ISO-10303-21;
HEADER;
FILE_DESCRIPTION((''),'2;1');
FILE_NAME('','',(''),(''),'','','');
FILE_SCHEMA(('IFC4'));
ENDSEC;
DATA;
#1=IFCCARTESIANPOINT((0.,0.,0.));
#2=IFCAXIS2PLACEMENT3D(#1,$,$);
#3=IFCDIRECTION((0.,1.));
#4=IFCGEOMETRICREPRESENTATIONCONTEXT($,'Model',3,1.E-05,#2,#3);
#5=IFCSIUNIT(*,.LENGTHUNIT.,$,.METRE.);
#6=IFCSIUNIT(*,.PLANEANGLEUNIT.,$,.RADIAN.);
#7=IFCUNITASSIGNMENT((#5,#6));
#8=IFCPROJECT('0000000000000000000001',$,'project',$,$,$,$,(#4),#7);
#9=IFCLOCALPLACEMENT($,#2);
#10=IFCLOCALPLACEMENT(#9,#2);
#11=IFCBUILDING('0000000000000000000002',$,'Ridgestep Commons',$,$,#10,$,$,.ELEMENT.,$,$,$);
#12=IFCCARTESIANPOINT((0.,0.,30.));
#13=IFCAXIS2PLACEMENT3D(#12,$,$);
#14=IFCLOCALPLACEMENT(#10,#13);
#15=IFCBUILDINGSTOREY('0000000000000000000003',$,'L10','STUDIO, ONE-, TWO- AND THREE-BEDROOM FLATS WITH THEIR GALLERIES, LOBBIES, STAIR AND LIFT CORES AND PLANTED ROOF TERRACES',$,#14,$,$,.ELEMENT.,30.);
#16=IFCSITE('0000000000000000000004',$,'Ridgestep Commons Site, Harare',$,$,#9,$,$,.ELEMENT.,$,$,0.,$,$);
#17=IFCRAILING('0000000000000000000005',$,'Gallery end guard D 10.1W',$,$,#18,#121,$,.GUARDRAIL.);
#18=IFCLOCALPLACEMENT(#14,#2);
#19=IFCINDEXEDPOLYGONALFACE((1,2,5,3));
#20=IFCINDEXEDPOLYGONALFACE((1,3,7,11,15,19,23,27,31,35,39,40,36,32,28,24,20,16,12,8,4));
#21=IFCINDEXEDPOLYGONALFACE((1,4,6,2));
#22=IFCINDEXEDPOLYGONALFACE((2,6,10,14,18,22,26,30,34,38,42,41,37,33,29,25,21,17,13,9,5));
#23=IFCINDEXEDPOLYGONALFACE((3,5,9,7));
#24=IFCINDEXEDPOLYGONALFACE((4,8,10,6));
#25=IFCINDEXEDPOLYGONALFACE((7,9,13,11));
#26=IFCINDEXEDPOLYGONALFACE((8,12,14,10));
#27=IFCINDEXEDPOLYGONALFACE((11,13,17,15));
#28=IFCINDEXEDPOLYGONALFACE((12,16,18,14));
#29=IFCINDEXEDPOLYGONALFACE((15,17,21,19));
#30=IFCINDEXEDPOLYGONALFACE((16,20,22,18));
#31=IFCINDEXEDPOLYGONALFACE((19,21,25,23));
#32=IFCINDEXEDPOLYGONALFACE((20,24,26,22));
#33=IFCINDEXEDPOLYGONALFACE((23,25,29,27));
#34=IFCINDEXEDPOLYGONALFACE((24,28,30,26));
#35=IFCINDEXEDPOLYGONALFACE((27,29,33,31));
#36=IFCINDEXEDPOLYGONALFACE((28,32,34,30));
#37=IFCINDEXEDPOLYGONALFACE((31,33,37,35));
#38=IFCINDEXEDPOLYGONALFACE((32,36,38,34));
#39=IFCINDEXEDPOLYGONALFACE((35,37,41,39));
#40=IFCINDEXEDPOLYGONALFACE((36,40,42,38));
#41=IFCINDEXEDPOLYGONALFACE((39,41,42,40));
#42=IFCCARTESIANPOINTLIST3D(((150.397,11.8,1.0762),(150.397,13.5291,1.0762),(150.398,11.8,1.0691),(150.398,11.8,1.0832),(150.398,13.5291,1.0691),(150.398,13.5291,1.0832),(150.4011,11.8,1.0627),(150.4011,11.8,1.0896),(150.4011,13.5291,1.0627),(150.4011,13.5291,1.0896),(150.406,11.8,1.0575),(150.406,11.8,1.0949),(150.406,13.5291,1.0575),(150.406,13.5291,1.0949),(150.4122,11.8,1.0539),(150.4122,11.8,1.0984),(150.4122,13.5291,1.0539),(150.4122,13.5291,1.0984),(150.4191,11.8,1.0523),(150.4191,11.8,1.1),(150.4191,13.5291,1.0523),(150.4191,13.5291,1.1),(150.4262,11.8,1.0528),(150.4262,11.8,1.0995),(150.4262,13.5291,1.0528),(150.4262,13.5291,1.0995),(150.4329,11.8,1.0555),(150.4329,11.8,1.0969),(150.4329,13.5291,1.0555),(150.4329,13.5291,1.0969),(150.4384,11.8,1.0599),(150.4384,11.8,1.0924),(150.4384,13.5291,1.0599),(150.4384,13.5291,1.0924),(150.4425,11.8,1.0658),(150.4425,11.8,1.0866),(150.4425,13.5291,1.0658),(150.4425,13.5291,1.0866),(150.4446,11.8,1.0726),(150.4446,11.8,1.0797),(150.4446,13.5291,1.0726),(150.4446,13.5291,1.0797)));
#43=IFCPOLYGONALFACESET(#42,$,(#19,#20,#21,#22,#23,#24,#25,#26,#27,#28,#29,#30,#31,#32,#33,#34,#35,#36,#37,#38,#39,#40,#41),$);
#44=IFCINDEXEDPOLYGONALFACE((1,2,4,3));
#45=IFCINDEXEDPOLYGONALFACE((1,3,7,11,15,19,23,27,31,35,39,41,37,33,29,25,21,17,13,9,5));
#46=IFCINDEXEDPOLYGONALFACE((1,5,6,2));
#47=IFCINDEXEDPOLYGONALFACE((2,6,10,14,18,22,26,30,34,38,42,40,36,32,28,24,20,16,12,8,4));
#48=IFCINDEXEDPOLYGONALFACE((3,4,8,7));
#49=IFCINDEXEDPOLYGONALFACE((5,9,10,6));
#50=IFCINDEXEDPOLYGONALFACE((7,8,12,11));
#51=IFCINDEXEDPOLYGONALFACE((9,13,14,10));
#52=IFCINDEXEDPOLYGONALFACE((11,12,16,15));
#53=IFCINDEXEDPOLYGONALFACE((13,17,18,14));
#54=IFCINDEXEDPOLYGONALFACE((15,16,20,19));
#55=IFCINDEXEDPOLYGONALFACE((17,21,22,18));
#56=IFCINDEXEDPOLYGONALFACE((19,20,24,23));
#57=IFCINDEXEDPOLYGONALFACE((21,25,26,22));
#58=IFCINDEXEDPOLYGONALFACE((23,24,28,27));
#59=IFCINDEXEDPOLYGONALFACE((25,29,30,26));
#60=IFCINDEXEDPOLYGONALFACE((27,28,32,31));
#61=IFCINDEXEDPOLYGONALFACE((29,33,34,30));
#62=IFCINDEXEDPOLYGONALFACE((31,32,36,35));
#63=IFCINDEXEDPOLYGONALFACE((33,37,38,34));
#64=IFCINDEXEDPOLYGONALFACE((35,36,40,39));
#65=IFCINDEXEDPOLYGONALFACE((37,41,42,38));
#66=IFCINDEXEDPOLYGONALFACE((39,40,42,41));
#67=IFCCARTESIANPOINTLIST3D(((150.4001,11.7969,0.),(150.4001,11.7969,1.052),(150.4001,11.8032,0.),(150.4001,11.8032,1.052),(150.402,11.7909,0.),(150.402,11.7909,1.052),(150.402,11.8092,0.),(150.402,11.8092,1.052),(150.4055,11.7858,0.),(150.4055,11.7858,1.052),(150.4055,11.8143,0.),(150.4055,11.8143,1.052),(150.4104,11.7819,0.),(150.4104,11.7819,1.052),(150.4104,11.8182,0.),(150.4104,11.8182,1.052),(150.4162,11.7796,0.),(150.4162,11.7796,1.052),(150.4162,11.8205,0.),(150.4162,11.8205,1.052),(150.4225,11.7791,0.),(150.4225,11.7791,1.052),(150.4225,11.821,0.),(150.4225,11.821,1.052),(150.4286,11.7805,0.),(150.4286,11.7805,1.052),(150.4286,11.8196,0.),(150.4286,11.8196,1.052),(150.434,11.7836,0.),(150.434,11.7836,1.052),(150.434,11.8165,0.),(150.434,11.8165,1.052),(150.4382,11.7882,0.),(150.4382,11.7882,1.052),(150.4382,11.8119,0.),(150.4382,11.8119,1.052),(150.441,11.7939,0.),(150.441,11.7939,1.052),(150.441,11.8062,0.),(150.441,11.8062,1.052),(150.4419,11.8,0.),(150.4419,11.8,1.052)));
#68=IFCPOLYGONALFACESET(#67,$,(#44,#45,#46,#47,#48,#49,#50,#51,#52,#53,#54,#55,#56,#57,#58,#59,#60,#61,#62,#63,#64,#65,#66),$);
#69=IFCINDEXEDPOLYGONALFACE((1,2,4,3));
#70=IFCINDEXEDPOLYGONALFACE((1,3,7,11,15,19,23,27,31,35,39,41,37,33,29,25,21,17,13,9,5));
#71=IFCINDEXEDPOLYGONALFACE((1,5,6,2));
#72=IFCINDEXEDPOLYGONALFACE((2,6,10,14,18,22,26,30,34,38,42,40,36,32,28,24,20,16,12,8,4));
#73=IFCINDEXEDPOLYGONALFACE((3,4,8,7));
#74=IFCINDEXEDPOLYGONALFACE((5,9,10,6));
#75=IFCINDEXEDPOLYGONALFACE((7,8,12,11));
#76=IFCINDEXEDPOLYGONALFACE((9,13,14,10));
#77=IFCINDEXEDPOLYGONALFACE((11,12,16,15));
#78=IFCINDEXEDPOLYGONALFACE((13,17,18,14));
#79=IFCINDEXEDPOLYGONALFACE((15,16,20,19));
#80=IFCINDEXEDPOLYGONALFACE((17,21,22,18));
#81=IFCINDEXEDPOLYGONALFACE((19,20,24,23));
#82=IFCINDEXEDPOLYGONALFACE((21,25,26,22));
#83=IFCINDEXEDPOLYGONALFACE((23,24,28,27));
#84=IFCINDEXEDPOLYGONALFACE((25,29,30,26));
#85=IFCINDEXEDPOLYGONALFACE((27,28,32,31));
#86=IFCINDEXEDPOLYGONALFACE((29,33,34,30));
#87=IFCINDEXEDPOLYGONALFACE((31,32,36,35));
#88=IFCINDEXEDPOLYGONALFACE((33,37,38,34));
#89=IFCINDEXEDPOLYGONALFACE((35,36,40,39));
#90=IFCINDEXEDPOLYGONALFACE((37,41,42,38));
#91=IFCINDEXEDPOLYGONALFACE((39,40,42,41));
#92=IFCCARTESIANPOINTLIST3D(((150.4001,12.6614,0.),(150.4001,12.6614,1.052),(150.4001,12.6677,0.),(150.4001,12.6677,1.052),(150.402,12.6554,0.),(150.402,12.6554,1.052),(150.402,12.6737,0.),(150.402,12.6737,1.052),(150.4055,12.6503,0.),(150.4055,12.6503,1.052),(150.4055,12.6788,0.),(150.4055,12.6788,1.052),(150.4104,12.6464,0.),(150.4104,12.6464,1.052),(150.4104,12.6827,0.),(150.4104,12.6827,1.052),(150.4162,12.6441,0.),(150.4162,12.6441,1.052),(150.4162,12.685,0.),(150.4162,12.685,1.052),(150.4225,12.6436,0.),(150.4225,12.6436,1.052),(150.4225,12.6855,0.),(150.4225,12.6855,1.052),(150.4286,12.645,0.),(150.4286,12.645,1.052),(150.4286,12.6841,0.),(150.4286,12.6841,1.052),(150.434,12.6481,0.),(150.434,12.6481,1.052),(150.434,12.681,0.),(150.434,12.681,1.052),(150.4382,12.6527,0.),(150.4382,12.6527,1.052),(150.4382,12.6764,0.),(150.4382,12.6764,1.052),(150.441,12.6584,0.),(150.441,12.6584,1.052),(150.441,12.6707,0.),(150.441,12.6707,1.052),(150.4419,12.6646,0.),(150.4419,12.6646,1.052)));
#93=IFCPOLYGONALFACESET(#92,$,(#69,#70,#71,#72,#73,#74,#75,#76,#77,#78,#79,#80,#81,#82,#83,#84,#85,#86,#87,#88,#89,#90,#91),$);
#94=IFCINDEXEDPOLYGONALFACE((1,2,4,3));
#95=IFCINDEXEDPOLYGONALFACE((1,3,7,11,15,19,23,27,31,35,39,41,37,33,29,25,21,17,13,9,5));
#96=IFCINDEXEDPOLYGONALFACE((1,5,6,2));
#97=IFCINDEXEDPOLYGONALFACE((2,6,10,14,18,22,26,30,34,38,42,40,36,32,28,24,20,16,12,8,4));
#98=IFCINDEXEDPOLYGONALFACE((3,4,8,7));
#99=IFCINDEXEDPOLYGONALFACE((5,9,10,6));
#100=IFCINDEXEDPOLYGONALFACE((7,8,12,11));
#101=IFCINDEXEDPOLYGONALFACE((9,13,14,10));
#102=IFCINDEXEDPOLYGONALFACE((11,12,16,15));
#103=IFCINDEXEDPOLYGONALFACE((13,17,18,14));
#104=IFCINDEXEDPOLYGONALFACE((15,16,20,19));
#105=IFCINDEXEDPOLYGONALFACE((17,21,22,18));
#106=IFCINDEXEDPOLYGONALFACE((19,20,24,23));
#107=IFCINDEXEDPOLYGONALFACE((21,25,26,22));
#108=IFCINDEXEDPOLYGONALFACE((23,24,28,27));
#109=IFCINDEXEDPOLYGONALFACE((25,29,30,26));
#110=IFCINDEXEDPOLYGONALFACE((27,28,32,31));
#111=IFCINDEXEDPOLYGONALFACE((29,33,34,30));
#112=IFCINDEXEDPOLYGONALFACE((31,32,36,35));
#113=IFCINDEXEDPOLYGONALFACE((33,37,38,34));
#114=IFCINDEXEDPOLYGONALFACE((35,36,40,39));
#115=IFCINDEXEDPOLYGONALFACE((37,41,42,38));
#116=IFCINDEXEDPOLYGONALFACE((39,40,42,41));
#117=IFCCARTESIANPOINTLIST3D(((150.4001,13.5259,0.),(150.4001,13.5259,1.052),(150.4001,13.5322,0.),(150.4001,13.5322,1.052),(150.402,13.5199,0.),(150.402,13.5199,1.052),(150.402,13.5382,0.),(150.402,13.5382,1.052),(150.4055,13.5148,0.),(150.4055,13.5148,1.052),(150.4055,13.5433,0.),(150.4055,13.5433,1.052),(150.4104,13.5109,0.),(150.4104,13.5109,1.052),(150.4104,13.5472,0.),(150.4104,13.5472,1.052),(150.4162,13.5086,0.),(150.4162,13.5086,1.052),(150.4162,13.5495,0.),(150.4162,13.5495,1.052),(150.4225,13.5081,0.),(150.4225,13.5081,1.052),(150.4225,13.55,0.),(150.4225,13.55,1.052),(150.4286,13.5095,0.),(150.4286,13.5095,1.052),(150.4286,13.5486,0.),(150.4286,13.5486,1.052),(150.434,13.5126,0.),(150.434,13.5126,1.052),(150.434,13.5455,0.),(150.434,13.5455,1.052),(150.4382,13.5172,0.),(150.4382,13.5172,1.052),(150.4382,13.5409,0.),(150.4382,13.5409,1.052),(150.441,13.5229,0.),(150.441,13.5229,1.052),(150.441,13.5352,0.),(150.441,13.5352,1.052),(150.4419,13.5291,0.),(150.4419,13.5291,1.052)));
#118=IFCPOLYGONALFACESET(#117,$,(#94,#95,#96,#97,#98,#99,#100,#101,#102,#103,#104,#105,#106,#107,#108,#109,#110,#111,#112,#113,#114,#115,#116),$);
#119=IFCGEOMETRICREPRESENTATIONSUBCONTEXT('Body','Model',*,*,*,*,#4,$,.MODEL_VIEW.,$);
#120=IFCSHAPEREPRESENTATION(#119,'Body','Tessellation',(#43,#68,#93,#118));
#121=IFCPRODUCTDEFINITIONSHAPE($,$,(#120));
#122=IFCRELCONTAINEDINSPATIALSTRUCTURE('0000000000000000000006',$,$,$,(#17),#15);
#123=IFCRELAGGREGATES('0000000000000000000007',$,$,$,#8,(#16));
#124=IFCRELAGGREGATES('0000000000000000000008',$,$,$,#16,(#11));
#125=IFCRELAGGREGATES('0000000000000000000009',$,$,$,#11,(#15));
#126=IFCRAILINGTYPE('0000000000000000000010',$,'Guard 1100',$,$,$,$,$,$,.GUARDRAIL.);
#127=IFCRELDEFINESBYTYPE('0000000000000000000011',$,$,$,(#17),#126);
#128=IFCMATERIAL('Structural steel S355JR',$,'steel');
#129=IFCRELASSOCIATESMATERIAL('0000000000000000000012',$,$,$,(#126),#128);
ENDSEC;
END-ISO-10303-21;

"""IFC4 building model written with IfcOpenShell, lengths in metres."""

from ifc_helpers import new_model, si_unit, direction, frame, origin, origin_2d, place, context, subcontext, project, spatial, circle, extrude, material, type_object, element, save


model = new_model("IFC4")

# Units and contexts
model_context = context("Model", 3, precision=1e-05, world=origin(), true_north=direction((0.0, 1.0)))
body_context = subcontext(model_context, "Body", "Model", "MODEL_VIEW")
ifc_project = project(units=[si_unit("LENGTHUNIT", "METRE"), si_unit("PLANEANGLEUNIT", "RADIAN")], contexts=[model_context])

# Site, building, storey
site_placement = place(None, origin())
site = spatial("IfcSite", under=ifc_project, at=site_placement, Name="Ridgestep Commons Site, Harare", CompositionType="ELEMENT", RefElevation=0.0)
building_placement = place(site_placement, origin())
building = spatial("IfcBuilding", under=site, at=building_placement, Name="Ridgestep Commons", CompositionType="ELEMENT")
storey_placement = place(building_placement, frame((0.0, 0.0, 30.0)))
storey = spatial("IfcBuildingStorey", under=building, at=storey_placement, Name="L10", Description="STUDIO, ONE-, TWO- AND THREE-BEDROOM FLATS WITH THEIR GALLERIES, LOBBIES, STAIR AND LIFT CORES AND PLANTED ROOF TERRACES", CompositionType="ELEMENT", Elevation=30.0)

# Railing
ifc_material_1 = material(Name="Structural steel S355JR", Category="steel")
railing_type = type_object("IfcRailingType", Name="Guard 1100", PredefinedType="GUARDRAIL", material=ifc_material_1)
railing_1_placement = place(storey_placement, frame((150.4209, 11.8, 0.0)))
element("IfcRailing", 1, at=railing_1_placement, inside=storey, type_object=railing_type, Name="Gallery end guard D 10.1W", PredefinedType="GUARDRAIL", context=body_context, shape_type="SweptSolid", body=[
    extrude(circle(Radius=0.0239, at=origin_2d()), frame((0.0, 0.0, 1.0762), z_axis=(0.0, 1.0, 0.0), x_axis=(-1.0, 0.0, 0.0)), (0.0, 0.0, 1.0), 1.729),
    extrude(circle(Radius=0.021, at=origin_2d()), origin(), (0.0, 0.0, 1.0), 1.052),
    extrude(circle(Radius=0.021, at=origin_2d()), frame((0.0, 0.8645, 0.0)), (0.0, 0.0, 1.0), 1.052),
    extrude(circle(Radius=0.021, at=origin_2d()), frame((0.0, 1.729, 0.0)), (0.0, 0.0, 1.0), 1.052),
])

save(model, "model.ifc")
